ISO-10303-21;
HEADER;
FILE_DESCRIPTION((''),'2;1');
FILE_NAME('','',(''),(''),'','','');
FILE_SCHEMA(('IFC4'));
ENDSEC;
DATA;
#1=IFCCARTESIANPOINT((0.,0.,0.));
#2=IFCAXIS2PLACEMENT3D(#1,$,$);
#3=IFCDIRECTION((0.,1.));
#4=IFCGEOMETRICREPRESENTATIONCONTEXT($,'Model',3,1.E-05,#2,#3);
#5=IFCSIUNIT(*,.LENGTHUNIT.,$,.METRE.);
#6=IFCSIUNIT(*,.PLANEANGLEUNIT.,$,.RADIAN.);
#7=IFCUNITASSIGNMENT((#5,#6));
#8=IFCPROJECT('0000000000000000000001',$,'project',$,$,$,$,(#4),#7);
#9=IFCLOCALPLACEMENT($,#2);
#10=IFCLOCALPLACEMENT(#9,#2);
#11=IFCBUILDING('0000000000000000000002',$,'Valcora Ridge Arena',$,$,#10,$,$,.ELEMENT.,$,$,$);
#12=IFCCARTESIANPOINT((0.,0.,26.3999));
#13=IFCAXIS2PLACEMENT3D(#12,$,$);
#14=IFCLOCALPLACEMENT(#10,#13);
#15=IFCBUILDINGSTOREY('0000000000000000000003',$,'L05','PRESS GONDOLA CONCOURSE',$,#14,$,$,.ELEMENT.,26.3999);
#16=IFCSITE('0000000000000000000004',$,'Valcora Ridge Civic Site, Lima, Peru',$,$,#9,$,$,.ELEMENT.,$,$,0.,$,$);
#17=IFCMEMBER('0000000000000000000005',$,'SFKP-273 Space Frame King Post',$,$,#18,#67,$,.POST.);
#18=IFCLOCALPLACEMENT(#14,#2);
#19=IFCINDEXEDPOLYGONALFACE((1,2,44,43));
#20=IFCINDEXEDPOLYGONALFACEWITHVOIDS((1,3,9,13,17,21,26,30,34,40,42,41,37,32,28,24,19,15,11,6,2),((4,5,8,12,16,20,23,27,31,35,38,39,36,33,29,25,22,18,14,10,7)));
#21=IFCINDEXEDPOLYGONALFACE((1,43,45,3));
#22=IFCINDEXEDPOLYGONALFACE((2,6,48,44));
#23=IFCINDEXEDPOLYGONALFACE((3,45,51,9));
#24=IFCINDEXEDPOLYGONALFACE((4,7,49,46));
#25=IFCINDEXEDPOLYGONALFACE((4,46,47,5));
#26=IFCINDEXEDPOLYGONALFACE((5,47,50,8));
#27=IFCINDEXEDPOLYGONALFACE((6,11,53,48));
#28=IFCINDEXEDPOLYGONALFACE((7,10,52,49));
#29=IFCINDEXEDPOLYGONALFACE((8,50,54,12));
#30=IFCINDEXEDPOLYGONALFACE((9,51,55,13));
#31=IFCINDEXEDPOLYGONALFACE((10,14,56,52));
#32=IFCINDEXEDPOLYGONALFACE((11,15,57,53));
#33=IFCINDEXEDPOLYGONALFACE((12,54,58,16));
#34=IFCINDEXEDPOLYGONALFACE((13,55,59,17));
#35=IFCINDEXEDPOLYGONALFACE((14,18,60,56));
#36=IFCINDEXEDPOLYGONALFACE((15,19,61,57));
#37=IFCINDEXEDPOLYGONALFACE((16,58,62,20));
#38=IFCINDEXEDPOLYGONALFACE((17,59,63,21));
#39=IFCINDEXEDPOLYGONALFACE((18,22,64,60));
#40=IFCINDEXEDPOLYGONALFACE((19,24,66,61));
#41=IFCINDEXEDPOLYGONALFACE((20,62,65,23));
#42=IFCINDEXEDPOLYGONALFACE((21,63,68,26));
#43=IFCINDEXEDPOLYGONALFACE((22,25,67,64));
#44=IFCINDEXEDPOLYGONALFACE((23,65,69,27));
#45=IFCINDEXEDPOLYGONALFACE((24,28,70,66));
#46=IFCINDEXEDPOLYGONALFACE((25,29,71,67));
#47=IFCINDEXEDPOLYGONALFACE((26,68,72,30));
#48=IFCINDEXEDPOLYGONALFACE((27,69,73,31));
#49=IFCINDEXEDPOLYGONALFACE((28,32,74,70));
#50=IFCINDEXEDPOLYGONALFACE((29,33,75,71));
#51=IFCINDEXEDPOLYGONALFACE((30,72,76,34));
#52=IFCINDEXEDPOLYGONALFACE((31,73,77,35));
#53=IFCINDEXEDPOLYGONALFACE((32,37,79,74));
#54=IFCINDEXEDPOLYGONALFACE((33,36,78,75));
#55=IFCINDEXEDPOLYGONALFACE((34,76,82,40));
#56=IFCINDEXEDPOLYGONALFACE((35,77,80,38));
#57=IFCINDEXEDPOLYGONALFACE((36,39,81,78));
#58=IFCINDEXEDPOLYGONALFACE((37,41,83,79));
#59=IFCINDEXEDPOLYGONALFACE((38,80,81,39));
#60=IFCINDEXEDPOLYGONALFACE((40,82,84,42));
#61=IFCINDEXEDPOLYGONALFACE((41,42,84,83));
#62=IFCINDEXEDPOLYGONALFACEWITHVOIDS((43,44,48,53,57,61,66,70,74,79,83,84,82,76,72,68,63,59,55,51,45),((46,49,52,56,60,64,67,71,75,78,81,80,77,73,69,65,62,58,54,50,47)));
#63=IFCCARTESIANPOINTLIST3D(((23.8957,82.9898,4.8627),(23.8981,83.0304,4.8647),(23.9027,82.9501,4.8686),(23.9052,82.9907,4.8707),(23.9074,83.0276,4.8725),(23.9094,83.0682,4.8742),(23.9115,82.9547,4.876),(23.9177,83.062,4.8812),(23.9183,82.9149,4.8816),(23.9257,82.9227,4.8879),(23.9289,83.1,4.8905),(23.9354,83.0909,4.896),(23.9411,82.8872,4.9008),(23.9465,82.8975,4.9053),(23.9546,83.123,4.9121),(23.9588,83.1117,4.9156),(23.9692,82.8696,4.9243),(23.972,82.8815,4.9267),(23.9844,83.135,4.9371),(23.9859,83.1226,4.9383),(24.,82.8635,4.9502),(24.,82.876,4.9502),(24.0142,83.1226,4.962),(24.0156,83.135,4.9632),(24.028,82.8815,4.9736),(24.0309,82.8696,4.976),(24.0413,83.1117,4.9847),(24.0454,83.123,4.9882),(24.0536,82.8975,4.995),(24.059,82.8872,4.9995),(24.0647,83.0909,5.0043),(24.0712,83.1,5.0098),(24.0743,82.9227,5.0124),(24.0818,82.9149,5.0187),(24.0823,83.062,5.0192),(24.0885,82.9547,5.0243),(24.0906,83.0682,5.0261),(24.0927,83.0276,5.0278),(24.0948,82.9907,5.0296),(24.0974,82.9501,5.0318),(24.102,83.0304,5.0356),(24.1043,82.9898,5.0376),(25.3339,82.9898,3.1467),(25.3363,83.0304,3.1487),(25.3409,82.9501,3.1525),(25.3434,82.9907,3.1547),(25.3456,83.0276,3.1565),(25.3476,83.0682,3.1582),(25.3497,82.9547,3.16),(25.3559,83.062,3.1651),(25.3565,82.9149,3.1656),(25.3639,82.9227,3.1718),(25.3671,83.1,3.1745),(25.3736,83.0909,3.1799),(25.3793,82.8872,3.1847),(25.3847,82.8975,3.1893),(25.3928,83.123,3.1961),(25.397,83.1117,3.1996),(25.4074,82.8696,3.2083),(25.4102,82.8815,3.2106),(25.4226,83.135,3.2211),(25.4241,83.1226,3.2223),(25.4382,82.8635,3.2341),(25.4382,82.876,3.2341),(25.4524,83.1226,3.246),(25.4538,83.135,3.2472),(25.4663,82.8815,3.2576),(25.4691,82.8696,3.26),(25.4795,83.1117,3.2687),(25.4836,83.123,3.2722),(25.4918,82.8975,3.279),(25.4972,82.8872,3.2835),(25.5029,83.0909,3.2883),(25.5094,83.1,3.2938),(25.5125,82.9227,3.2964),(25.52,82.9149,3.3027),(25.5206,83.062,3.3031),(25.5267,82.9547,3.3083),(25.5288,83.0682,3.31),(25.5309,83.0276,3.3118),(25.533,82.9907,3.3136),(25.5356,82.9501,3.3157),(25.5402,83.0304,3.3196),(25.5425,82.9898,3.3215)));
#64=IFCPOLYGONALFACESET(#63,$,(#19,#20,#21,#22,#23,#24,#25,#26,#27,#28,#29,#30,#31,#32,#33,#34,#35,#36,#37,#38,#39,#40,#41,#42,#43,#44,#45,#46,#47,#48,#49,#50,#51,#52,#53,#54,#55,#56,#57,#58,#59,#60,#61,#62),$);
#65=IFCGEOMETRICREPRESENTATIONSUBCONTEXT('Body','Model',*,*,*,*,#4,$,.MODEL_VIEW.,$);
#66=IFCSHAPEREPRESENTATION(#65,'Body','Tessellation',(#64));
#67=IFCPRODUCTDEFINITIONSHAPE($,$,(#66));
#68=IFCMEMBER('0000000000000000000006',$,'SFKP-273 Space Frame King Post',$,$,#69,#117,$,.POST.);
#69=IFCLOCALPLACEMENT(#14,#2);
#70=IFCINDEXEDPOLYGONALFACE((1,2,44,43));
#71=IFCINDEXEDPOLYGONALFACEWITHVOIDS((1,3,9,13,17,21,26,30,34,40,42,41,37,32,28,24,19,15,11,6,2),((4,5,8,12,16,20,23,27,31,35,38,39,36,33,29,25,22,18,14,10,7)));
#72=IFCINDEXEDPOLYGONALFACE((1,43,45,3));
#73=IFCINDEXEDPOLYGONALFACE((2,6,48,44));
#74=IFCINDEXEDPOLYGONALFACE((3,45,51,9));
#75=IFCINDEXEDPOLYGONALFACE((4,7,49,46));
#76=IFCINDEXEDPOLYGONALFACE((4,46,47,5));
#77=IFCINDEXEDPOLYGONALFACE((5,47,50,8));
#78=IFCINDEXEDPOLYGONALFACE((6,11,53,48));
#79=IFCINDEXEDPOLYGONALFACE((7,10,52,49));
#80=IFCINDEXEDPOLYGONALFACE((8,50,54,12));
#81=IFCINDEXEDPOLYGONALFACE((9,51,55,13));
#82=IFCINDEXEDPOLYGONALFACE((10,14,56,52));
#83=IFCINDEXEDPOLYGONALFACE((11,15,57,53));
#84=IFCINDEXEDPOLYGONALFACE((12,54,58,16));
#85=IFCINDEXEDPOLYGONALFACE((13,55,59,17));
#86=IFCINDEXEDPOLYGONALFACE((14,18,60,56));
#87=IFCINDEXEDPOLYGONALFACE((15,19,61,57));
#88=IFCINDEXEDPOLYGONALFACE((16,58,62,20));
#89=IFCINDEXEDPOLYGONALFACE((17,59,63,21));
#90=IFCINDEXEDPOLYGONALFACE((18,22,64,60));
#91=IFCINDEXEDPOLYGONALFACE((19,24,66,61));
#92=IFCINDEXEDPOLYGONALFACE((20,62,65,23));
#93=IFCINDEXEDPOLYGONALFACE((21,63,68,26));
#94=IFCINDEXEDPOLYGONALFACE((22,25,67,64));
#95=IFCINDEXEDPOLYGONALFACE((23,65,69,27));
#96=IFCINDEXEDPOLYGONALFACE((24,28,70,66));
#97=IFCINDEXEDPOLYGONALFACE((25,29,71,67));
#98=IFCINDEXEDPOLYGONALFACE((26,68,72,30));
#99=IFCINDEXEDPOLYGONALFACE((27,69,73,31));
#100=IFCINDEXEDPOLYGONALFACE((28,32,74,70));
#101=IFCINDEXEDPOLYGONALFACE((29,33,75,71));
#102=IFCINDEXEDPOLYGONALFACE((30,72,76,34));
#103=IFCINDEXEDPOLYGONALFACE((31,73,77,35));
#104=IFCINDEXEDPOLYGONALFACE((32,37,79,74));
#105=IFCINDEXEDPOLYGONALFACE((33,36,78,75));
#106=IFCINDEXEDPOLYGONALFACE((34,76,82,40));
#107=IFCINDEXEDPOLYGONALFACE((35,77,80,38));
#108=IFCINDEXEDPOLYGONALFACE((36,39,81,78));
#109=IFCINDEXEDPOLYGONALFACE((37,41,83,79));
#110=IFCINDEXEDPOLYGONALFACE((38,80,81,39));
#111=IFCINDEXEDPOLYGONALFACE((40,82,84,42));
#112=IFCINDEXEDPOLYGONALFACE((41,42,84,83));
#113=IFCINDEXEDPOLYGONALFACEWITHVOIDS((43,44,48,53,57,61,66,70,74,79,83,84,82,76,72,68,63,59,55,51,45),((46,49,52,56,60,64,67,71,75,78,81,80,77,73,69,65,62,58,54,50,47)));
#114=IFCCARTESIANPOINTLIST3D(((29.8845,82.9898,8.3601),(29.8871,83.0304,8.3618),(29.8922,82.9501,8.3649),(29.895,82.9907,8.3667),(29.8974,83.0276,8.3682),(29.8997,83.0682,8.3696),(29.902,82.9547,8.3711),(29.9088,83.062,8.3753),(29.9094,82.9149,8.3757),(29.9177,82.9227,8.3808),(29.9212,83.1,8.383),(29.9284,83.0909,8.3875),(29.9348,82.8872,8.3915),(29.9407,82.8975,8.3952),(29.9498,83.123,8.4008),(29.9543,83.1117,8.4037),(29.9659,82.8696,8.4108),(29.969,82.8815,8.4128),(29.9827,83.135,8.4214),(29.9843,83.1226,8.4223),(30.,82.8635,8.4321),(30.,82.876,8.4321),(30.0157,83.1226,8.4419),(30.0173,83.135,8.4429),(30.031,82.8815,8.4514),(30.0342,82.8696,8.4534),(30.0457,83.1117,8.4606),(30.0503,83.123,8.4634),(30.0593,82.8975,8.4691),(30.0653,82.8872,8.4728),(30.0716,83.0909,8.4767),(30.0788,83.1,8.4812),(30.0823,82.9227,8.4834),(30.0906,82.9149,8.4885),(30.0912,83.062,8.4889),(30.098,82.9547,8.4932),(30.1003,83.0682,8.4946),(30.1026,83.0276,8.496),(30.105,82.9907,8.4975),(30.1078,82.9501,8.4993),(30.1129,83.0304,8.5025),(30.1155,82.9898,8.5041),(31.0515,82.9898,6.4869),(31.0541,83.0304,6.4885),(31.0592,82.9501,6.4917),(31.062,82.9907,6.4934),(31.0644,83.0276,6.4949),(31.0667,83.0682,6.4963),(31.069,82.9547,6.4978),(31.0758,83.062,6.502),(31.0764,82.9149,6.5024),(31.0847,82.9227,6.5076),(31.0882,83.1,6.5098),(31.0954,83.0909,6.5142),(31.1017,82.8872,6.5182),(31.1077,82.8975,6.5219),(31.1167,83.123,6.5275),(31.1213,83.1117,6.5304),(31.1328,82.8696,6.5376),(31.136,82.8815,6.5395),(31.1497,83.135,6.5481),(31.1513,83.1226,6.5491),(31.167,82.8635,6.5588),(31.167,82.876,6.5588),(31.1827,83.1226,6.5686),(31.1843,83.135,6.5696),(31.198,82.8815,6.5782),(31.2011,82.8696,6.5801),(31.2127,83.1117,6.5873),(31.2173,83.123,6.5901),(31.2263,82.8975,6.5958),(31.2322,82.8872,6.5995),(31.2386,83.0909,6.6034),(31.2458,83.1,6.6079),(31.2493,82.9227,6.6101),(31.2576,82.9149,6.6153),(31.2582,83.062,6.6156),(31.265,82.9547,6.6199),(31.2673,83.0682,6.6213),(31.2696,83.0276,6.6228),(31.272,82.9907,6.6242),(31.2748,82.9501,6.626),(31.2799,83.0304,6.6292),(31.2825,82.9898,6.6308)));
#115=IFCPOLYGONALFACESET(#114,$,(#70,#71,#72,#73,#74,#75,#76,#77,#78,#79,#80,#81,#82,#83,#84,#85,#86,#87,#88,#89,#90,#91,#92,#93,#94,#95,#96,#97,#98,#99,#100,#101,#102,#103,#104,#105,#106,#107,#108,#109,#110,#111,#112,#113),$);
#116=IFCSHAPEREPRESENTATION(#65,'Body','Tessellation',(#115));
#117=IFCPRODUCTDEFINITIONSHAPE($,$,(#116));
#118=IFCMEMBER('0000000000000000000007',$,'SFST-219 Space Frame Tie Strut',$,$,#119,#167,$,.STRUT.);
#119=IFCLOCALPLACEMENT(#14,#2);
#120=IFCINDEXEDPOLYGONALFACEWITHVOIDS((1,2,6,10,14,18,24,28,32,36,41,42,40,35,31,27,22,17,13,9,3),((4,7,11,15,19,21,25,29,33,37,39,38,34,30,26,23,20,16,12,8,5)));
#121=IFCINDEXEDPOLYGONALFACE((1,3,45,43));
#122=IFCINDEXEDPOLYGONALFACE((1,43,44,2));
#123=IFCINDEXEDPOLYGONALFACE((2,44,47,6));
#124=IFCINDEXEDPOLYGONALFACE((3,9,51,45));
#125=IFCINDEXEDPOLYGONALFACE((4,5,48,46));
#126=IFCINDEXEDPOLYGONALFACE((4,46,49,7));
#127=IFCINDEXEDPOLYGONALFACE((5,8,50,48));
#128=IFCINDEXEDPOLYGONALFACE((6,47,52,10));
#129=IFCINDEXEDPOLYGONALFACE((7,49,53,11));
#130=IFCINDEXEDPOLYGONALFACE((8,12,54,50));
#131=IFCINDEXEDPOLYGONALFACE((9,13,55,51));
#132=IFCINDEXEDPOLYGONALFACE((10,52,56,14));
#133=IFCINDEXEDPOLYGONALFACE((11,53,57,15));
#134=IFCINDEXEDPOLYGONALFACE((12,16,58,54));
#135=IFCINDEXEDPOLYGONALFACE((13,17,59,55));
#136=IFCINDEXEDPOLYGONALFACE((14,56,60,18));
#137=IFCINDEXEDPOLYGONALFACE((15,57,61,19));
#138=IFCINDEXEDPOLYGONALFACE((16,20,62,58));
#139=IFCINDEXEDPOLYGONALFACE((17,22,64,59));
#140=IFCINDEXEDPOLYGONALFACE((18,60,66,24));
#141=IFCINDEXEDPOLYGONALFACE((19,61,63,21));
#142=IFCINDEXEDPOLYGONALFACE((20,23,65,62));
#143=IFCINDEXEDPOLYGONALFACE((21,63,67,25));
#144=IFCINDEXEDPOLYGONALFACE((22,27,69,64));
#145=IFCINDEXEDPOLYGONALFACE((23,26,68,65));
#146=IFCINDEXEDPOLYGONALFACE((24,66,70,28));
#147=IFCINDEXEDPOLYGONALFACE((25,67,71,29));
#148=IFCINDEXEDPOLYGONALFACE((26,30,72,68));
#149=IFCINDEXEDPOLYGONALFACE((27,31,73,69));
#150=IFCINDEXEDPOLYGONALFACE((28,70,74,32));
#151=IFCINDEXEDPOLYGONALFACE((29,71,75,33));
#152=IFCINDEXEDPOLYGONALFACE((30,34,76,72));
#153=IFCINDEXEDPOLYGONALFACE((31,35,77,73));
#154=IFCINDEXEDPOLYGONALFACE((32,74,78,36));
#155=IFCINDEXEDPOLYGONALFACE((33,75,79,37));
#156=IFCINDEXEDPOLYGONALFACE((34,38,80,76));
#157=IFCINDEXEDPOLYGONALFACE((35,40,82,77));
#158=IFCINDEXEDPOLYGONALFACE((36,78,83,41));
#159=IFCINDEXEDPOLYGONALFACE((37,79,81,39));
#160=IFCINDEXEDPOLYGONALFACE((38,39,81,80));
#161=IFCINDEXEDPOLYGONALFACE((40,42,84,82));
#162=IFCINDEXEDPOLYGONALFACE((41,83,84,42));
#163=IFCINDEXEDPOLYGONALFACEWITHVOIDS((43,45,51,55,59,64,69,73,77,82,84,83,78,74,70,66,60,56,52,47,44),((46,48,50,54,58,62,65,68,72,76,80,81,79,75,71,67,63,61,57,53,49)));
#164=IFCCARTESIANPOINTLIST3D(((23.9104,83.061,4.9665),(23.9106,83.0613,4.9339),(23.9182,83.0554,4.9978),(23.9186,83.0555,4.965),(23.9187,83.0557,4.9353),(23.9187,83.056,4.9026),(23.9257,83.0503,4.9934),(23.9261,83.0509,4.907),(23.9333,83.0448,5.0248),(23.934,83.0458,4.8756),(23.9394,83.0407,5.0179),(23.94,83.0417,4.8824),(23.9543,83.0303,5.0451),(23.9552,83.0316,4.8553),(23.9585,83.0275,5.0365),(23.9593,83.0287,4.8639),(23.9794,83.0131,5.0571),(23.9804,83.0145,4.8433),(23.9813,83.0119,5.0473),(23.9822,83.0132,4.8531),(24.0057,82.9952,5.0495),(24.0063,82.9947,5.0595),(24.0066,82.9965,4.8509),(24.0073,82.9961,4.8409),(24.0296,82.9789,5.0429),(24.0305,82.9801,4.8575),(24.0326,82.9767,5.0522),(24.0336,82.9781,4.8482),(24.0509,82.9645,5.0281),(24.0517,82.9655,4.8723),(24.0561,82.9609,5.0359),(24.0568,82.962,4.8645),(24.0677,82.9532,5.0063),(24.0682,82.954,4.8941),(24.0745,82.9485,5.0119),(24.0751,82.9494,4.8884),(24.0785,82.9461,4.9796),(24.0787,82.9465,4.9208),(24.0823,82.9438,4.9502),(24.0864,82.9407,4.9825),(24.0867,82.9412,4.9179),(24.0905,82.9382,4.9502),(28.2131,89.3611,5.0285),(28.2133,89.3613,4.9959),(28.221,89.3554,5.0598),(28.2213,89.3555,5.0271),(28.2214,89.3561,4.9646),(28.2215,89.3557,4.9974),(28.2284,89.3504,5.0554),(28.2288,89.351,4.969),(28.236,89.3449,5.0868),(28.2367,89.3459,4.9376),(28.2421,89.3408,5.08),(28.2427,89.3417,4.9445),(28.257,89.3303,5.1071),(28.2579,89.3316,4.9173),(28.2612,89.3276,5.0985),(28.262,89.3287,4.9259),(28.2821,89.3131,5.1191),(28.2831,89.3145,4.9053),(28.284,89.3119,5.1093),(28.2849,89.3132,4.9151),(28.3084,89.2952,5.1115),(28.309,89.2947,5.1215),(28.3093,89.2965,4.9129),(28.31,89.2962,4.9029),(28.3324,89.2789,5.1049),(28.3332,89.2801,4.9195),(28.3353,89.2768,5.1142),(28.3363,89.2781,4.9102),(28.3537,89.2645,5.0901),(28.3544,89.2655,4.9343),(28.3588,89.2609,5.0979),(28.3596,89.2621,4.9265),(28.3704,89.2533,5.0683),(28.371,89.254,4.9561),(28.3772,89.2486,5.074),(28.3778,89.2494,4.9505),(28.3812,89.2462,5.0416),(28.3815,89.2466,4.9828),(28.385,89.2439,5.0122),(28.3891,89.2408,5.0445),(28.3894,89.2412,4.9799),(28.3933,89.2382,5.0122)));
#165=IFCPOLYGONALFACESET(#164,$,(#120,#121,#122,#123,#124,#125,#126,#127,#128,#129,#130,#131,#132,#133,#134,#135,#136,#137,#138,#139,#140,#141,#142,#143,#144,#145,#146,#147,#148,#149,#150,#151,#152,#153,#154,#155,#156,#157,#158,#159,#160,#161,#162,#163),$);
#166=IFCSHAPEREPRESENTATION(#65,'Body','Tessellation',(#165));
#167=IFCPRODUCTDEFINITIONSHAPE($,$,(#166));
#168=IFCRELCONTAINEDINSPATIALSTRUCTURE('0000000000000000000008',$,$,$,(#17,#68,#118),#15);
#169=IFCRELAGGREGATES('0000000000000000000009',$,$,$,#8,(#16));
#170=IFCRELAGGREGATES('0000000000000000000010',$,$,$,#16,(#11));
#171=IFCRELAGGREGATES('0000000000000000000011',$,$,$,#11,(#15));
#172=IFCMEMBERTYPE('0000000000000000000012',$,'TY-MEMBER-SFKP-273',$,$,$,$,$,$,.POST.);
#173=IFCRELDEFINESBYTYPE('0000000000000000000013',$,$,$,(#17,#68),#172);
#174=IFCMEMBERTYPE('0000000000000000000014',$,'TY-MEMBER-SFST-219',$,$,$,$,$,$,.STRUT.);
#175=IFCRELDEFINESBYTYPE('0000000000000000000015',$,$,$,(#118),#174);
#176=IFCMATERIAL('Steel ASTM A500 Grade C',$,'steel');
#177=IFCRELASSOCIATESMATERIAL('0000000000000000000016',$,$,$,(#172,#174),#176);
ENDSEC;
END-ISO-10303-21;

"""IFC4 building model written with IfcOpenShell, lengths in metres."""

from ifc_helpers import new_model, si_unit, direction, frame, origin, origin_2d, place, context, subcontext, project, spatial, hollow_circle, extrude, material, material_profile, profile_set, type_object, element, save


model = new_model("IFC4")

# Units and contexts
model_context = context("Model", 3, precision=1e-05, world=origin(), true_north=direction((0.0, 1.0)))
body_context = subcontext(model_context, "Body", "Model", "MODEL_VIEW")
ifc_project = project(units=[si_unit("LENGTHUNIT", "METRE"), si_unit("PLANEANGLEUNIT", "RADIAN")], contexts=[model_context])

# Site, building, storey
site_placement = place(None, origin())
site = spatial("IfcSite", under=ifc_project, at=site_placement, Name="Valcora Ridge Civic Site, Lima, Peru", CompositionType="ELEMENT", RefElevation=0.0)
building_placement = place(site_placement, origin())
building = spatial("IfcBuilding", under=site, at=building_placement, Name="Valcora Ridge Arena", CompositionType="ELEMENT")
storey_placement = place(building_placement, frame((0.0, 0.0, 26.3999)))
storey = spatial("IfcBuildingStorey", under=building, at=storey_placement, Name="L05", Description="PRESS GONDOLA CONCOURSE", CompositionType="ELEMENT", Elevation=26.3999)

# Members
ifc_material_1 = material(Name="Steel ASTM A500 Grade C", Category="steel")
ifc_material_profile_1 = material_profile(ifc_material_1, hollow_circle(Radius=0.1365, WallThickness=0.0125, at=origin_2d()), Name="CHS273X12")
ifc_profile_set_1 = profile_set([ifc_material_profile_1], Name="Steel ASTM A500 Grade C")
member_type_1 = type_object("IfcMemberType", Name="TY-MEMBER-SFKP-273", PredefinedType="POST", material=ifc_profile_set_1)
member_1_placement = place(storey_placement, frame((25.4382, 83.0, 3.2341), z_axis=(-0.642338, 0.0, 0.766422), x_axis=(0.0, -1.0, 0.0)))
element("IfcMember", 1, at=member_1_placement, inside=storey, type_object=member_type_1, Name="SFKP-273 Space Frame King Post", PredefinedType="POST", context=body_context, shape_type="SweptSolid", body=[
    extrude(hollow_circle(Radius=0.1365, WallThickness=0.0125, at=origin_2d()), origin(), (0.0, 0.0, 1.0), 2.239),
])
member_2_placement = place(storey_placement, frame((31.167, 83.0, 6.5588), z_axis=(-0.528755, 0.0, 0.848774), x_axis=(0.0, -1.0, 0.0)))
element("IfcMember", 2, at=member_2_placement, inside=storey, type_object=member_type_1, Name="SFKP-273 Space Frame King Post", PredefinedType="POST", context=body_context, shape_type="SweptSolid", body=[
    extrude(hollow_circle(Radius=0.1365, WallThickness=0.0125, at=origin_2d()), origin(), (0.0, 0.0, 1.0), 2.207),
])
ifc_material_profile_2 = material_profile(ifc_material_1, hollow_circle(Radius=0.1096, WallThickness=0.01, at=origin_2d()), Name="CHS219X10")
ifc_profile_set_2 = profile_set([ifc_material_profile_2], Name="Steel ASTM A500 Grade C")
member_type_2 = type_object("IfcMemberType", Name="TY-MEMBER-SFST-219", PredefinedType="STRUT", material=ifc_profile_set_2)
member_3_placement = place(storey_placement, frame((28.3027, 89.3, 5.0122), z_axis=(-0.563966, -0.825758, -0.008128), x_axis=(0.825785, -0.563985, 0.0)))
element("IfcMember", 3, at=member_3_placement, inside=storey, type_object=member_type_2, Name="SFST-219 Space Frame Tie Strut", PredefinedType="STRUT", context=body_context, shape_type="SweptSolid", body=[
    extrude(hollow_circle(Radius=0.1096, WallThickness=0.01, at=origin_2d()), origin(), (0.0, 0.0, 1.0), 7.6294),
])

save(model, "model.ifc")
